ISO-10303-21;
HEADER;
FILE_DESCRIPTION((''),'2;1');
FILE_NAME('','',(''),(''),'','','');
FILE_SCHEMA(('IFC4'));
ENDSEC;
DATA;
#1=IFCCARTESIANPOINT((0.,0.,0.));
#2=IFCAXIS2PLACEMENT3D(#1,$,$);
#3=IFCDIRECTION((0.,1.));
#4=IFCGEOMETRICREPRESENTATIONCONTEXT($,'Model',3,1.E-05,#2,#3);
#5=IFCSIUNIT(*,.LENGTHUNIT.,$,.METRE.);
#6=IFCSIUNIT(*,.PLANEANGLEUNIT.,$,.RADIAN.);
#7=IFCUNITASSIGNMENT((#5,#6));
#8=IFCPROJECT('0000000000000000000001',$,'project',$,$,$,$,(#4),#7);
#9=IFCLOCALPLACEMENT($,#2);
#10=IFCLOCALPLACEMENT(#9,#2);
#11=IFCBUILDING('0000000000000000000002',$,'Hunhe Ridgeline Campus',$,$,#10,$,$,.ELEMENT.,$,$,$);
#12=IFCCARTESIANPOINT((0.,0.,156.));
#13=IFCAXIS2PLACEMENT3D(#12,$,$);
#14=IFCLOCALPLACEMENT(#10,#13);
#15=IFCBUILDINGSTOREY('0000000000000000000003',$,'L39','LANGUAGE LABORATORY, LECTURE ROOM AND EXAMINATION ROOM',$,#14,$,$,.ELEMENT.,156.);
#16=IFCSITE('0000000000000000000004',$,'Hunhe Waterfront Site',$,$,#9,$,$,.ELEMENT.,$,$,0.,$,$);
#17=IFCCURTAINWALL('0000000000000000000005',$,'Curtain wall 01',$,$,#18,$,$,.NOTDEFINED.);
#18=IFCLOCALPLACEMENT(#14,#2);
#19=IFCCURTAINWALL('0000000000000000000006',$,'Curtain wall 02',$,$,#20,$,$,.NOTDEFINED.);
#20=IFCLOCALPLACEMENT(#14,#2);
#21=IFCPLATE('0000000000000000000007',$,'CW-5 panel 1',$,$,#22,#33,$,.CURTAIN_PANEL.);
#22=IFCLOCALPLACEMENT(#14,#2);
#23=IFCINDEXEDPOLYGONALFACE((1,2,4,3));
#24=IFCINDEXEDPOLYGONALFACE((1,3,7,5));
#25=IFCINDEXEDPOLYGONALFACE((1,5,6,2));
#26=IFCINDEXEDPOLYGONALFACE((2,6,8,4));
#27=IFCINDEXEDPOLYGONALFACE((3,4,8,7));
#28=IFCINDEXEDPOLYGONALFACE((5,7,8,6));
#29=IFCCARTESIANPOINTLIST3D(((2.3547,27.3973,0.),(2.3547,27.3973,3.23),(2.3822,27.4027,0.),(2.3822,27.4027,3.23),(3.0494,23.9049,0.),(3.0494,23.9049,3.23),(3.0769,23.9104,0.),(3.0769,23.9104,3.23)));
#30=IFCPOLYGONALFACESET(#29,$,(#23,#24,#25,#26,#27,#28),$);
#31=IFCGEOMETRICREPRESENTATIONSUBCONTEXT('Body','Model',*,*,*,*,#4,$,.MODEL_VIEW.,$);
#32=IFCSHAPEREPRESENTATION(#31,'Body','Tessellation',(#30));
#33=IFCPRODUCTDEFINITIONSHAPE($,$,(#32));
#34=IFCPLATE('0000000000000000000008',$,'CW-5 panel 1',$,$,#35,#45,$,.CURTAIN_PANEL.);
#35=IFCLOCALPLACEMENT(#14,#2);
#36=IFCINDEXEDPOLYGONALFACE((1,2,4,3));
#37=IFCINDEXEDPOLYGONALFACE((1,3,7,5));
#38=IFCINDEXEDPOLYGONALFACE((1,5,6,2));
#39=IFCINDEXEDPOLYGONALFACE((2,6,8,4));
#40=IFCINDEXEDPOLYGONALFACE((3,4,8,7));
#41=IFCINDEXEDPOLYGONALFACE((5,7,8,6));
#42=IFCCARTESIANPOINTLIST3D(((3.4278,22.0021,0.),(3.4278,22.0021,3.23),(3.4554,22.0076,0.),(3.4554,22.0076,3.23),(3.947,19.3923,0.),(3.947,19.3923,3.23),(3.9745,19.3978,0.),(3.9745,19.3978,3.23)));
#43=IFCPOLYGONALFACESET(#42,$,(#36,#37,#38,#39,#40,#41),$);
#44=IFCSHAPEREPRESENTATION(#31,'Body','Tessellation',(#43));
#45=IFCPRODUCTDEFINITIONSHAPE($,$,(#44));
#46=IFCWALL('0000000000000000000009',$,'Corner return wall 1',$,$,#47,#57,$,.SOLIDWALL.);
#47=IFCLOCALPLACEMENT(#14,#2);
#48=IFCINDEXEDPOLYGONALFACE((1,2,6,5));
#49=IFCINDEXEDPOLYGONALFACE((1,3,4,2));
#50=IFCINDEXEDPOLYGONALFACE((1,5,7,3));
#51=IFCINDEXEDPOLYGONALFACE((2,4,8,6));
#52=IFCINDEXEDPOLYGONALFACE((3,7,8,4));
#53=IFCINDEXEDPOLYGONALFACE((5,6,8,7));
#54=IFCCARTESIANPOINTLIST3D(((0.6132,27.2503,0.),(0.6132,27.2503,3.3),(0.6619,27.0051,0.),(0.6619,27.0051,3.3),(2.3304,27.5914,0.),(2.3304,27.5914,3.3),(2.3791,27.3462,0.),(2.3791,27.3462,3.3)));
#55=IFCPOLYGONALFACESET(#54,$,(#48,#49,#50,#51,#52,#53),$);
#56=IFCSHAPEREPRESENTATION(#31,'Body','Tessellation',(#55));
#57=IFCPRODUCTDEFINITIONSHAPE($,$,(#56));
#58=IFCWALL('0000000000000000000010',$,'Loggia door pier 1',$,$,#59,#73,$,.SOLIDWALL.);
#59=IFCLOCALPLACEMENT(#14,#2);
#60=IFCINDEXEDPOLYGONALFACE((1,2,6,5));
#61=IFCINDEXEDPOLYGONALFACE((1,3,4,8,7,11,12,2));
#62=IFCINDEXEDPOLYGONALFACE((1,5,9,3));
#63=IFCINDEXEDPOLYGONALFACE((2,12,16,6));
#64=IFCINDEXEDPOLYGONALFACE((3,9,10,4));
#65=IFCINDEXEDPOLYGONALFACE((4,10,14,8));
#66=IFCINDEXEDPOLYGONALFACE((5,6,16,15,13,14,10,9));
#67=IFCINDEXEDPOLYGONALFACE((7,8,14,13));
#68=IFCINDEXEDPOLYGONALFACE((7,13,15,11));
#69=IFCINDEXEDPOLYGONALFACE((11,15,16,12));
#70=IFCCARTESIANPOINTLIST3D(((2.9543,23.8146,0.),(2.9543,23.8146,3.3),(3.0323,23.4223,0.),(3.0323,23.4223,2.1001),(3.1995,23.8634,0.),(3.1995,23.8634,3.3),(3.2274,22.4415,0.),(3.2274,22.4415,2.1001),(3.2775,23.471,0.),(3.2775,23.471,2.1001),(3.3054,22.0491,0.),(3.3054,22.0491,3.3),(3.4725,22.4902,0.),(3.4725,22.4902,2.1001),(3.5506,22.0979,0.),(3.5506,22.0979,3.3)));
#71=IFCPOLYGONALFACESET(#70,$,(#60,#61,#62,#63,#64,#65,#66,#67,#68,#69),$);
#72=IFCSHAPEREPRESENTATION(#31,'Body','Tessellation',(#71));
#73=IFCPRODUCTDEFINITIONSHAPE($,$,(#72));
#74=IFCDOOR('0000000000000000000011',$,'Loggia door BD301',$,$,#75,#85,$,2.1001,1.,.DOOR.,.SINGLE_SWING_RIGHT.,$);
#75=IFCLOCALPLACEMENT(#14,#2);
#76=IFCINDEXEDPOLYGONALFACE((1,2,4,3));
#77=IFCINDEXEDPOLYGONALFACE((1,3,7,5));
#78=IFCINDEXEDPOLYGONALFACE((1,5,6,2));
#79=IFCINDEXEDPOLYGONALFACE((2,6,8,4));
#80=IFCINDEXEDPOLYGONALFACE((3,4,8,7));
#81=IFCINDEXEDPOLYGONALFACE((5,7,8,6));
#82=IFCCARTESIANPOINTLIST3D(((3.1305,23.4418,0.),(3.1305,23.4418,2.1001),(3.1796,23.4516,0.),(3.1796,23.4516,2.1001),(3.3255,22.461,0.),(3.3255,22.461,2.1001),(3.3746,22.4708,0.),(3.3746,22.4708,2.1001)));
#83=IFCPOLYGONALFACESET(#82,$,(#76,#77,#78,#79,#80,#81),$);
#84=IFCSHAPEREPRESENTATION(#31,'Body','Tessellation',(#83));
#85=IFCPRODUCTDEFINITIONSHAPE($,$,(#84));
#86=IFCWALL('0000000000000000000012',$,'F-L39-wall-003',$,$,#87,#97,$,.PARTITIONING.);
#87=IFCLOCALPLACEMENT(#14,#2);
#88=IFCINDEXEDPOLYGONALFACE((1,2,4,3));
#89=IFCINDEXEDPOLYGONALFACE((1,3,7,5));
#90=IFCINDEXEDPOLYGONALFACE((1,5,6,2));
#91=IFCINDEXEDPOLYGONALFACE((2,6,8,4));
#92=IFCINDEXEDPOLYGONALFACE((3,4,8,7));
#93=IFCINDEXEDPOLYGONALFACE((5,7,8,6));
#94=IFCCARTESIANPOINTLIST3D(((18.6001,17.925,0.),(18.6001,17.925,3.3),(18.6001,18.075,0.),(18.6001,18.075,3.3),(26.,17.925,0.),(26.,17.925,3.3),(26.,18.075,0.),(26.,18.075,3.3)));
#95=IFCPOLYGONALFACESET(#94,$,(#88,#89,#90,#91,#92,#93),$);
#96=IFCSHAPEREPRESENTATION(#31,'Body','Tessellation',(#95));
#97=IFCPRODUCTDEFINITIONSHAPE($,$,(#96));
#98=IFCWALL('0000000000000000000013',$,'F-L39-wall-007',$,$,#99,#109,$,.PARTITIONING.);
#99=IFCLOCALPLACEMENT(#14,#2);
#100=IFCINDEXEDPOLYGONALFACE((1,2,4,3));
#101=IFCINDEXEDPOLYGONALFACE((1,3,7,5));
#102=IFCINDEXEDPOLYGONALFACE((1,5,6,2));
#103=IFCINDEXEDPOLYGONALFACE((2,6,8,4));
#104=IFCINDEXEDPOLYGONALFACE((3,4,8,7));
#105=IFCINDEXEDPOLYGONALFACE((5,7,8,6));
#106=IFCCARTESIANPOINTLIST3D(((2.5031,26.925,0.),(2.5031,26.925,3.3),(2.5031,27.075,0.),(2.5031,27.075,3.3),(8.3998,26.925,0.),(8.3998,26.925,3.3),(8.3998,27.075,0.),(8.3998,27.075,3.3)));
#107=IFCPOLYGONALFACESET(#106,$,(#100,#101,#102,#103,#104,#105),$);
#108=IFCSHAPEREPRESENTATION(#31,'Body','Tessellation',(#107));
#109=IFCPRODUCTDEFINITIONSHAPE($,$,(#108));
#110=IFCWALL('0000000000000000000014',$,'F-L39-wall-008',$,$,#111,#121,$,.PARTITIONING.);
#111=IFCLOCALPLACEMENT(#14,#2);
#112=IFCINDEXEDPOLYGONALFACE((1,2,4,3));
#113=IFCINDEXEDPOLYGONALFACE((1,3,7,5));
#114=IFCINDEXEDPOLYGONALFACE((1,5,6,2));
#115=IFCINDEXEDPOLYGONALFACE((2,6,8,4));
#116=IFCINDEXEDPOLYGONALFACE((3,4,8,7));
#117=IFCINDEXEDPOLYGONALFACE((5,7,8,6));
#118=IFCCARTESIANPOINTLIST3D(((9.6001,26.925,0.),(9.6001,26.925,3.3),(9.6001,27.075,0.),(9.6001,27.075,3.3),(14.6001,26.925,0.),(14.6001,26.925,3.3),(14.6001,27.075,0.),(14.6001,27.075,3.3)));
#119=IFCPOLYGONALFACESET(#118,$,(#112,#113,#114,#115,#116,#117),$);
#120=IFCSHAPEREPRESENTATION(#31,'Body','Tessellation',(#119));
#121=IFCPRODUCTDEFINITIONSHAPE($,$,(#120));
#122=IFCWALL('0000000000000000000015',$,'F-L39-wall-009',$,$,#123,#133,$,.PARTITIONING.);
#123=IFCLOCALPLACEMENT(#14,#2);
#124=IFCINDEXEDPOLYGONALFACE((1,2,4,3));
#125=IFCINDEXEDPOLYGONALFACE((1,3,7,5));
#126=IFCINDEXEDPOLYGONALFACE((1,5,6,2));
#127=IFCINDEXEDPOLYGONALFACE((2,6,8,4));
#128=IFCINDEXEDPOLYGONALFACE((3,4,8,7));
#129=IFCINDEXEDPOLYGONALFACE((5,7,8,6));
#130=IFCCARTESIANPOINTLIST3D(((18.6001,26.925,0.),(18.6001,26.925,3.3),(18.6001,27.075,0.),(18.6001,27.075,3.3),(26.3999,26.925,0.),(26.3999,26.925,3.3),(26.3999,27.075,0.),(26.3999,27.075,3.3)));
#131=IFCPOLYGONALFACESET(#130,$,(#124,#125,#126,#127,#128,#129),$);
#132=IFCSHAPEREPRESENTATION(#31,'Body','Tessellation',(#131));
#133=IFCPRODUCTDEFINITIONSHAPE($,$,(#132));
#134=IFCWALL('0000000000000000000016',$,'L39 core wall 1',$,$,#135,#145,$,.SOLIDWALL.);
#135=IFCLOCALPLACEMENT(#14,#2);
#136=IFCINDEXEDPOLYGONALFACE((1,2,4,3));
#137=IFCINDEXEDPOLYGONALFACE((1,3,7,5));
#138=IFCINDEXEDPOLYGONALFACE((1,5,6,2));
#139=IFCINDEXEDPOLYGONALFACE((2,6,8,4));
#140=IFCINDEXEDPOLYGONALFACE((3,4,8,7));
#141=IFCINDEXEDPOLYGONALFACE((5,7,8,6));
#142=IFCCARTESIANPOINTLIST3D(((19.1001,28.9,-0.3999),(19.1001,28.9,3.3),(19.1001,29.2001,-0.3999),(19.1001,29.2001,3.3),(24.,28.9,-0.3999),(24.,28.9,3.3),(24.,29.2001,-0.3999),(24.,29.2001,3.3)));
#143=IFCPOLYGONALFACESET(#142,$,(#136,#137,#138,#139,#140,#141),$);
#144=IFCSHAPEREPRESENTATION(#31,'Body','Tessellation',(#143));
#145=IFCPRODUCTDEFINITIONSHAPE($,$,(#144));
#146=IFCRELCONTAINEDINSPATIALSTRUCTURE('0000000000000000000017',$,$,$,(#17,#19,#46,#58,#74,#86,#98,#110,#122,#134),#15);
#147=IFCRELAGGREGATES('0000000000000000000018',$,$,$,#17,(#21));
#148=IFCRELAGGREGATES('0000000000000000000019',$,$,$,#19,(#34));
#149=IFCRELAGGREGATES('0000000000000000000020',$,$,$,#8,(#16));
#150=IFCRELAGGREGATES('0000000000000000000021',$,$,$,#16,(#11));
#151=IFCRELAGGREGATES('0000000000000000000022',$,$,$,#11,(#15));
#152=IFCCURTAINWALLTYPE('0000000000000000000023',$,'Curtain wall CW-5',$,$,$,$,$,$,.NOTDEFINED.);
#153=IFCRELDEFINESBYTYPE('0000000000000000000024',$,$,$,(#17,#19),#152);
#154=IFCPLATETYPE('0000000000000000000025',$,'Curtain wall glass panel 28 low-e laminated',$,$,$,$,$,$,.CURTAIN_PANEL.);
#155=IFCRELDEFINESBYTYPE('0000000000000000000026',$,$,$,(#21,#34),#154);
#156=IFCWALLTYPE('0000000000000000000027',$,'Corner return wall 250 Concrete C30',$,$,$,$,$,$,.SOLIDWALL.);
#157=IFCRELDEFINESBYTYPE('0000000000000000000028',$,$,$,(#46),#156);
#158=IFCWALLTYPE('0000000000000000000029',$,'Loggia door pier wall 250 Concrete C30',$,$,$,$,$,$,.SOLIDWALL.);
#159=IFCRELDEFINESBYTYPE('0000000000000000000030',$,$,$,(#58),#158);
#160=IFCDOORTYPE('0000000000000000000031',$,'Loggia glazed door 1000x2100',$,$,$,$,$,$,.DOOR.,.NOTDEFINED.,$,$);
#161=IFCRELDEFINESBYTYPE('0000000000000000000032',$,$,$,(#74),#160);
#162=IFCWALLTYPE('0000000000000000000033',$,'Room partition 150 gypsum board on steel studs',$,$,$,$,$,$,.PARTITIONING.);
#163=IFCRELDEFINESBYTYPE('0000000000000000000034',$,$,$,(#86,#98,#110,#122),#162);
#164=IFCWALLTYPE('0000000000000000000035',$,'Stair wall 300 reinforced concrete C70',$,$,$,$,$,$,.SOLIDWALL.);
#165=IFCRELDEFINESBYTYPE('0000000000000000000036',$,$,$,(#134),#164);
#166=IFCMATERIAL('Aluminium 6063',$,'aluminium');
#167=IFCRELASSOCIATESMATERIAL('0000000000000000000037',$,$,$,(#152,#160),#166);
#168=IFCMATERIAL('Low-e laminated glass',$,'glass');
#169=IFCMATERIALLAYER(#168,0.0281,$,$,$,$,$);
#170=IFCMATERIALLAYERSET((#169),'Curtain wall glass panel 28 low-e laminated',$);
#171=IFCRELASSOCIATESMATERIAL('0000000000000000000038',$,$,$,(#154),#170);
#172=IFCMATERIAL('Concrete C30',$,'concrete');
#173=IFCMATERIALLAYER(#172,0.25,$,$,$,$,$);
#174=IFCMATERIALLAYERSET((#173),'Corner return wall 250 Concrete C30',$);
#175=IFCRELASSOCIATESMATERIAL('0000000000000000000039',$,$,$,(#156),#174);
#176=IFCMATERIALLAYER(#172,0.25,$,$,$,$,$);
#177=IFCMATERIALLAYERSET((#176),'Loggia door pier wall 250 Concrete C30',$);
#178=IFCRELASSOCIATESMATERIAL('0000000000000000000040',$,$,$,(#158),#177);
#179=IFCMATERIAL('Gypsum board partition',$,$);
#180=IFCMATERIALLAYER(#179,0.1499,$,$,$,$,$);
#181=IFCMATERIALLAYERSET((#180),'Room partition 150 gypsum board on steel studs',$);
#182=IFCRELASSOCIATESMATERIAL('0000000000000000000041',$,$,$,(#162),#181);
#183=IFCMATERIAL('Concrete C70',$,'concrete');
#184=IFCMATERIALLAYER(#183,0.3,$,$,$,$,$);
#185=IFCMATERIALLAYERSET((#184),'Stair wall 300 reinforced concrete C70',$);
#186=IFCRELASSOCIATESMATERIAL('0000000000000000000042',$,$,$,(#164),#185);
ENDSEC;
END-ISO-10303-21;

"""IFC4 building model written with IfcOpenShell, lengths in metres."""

from ifc_helpers import new_model, si_unit, direction, frame, frame_2d, origin, origin_2d, place, context, subcontext, project, spatial, rectangle, extrude, material, layer, layer_set, type_object, element, fill, aggregate, save


model = new_model("IFC4")

# Units and contexts
model_context = context("Model", 3, precision=1e-05, world=origin(), true_north=direction((0.0, 1.0)))
body_context = subcontext(model_context, "Body", "Model", "MODEL_VIEW")
ifc_project = project(units=[si_unit("LENGTHUNIT", "METRE"), si_unit("PLANEANGLEUNIT", "RADIAN")], contexts=[model_context])

# Site, building, storey
site_placement = place(None, origin())
site = spatial("IfcSite", under=ifc_project, at=site_placement, Name="Hunhe Waterfront Site", CompositionType="ELEMENT", RefElevation=0.0)
building_placement = place(site_placement, origin())
building = spatial("IfcBuilding", under=site, at=building_placement, Name="Hunhe Ridgeline Campus", CompositionType="ELEMENT")
storey_placement = place(building_placement, frame((0.0, 0.0, 156.0)))
storey = spatial("IfcBuildingStorey", under=building, at=storey_placement, Name="L39", Description="LANGUAGE LABORATORY, LECTURE ROOM AND EXAMINATION ROOM", CompositionType="ELEMENT", Elevation=156.0)

# Shared definitions
ifc_material_1 = material(Name="Concrete C70", Category="concrete")

# Curtain walls
ifc_material_2 = material(Name="Aluminium 6063", Category="aluminium")
curtain_wall_type = type_object("IfcCurtainWallType", Name="Curtain wall CW-5", PredefinedType="NOTDEFINED", material=ifc_material_2)
curtain_wall_1_placement = place(storey_placement, origin())
curtain_wall_1 = element("IfcCurtainWall", 1, at=curtain_wall_1_placement, inside=storey, type_object=curtain_wall_type, Name="Curtain wall 01", PredefinedType="NOTDEFINED")
curtain_wall_2_placement = place(storey_placement, origin())
curtain_wall_2 = element("IfcCurtainWall", 2, at=curtain_wall_2_placement, inside=storey, type_object=curtain_wall_type, Name="Curtain wall 02", PredefinedType="NOTDEFINED")

# Plates
ifc_material_3 = material(Name="Low-e laminated glass", Category="glass")
ifc_layer_1 = layer(ifc_material_3, 0.0281)
ifc_layer_set_1 = layer_set([ifc_layer_1], Name="Curtain wall glass panel 28 low-e laminated")
plate_type = type_object("IfcPlateType", Name="Curtain wall glass panel 28 low-e laminated", PredefinedType="CURTAIN_PANEL", material=ifc_layer_set_1)
plate_1_placement = place(storey_placement, frame((2.7158, 25.6538, 0.0), z_axis=(0.0, 0.0, 1.0), x_axis=(0.195095, -0.980784, 0.0)))
plate_1 = element("IfcPlate", 3, at=plate_1_placement, type_object=plate_type, Name="CW-5 panel 1", PredefinedType="CURTAIN_PANEL", context=body_context, shape_type="SweptSolid", body=[
    extrude(rectangle(XDim=3.5608, YDim=0.0281, at=origin_2d()), origin(), (0.0, 0.0, 1.0), 3.23),
])
aggregate(curtain_wall_1, [plate_1])
plate_2_placement = place(storey_placement, frame((3.7012, 20.7, 0.0), z_axis=(0.0, 0.0, 1.0), x_axis=(0.195095, -0.980784, 0.0)))
plate_2 = element("IfcPlate", 4, at=plate_2_placement, type_object=plate_type, Name="CW-5 panel 1", PredefinedType="CURTAIN_PANEL", context=body_context, shape_type="SweptSolid", body=[
    extrude(rectangle(XDim=2.6609, YDim=0.0281, at=origin_2d()), origin(), (0.0, 0.0, 1.0), 3.23),
])
aggregate(curtain_wall_2, [plate_2])

# Wall
ifc_material_4 = material(Name="Concrete C30", Category="concrete")
ifc_layer_2 = layer(ifc_material_4, 0.25)
ifc_layer_set_2 = layer_set([ifc_layer_2], Name="Corner return wall 250 Concrete C30")
wall_type_1 = type_object("IfcWallType", Name="Corner return wall 250 Concrete C30", PredefinedType="SOLIDWALL", material=ifc_layer_set_2)
wall_1_placement = place(storey_placement, frame((0.6375, 27.1277, 0.0), z_axis=(0.0, 0.0, 1.0), x_axis=(0.980843, 0.194802, 0.0)))
element("IfcWall", 5, at=wall_1_placement, inside=storey, type_object=wall_type_1, Name="Corner return wall 1", PredefinedType="SOLIDWALL", context=body_context, shape_type="SweptSolid", body=[
    extrude(rectangle(XDim=1.7507, YDim=0.25, at=frame_2d((0.8755, 0.0))), origin(), (0.0, 0.0, 1.0), 3.3),
])

# Wall, opening, door
ifc_layer_3 = layer(ifc_material_4, 0.25)
ifc_layer_set_3 = layer_set([ifc_layer_3], Name="Loggia door pier wall 250 Concrete C30")
wall_type_2 = type_object("IfcWallType", Name="Loggia door pier wall 250 Concrete C30", PredefinedType="SOLIDWALL", material=ifc_layer_set_3)
wall_2_placement = place(storey_placement, frame((3.0769, 23.8389, 0.0), z_axis=(0.0, 0.0, 1.0), x_axis=(0.195047, -0.980794, 0.0)))
wall_2 = element("IfcWall", 6, at=wall_2_placement, inside=storey, type_object=wall_type_2, Name="Loggia door pier 1", PredefinedType="SOLIDWALL", context=body_context, shape_type="SweptSolid", body=[
    extrude(rectangle(XDim=1.8, YDim=0.25, at=frame_2d((0.8999, 0.0))), origin(), (0.0, 0.0, 1.0), 3.3),
])
opening_placement = place(wall_2_placement, frame((0.3999, 0.0, 0.0)))
opening = element("IfcOpeningElement", 7, at=opening_placement, cuts=wall_2, PredefinedType="OPENING", context=body_context, shape_type="SweptSolid", body=[
    extrude(rectangle(XDim=1.0, YDim=2.1001, at=frame_2d((0.5, 1.05))), frame((0.0, 0.125, 0.0), z_axis=(0.0, -1.0, 0.0), x_axis=(1.0, 0.0, 0.0)), (0.0, 0.0, 1.0), 0.25),
])
door_type = type_object("IfcDoorType", Name="Loggia glazed door 1000x2100", OperationType="NOTDEFINED", PredefinedType="DOOR", material=ifc_material_2)
door_placement = place(opening_placement, frame((1.0, 0.0, 0.0), z_axis=(0.0, 0.0, 1.0), x_axis=(-1.0, 0.0, 0.0)))
door = element("IfcDoor", 8, at=door_placement, inside=storey, type_object=door_type, Name="Loggia door BD301", OperationType="SINGLE_SWING_RIGHT", OverallHeight=2.1001, OverallWidth=1.0, PredefinedType="DOOR", context=body_context, shape_type="SweptSolid", body=[
    extrude(rectangle(XDim=1.0, YDim=2.1001, at=frame_2d((0.5, 1.05))), frame((0.0, 0.0249, 0.0), z_axis=(0.0, -1.0, 0.0), x_axis=(1.0, 0.0, 0.0)), (0.0, 0.0, 1.0), 0.05),
])
fill(opening, door)

# Walls
ifc_material_5 = material(Name="Gypsum board partition")
ifc_layer_4 = layer(ifc_material_5, 0.1499)
ifc_layer_set_4 = layer_set([ifc_layer_4], Name="Room partition 150 gypsum board on steel studs")
wall_type_3 = type_object("IfcWallType", Name="Room partition 150 gypsum board on steel studs", PredefinedType="PARTITIONING", material=ifc_layer_set_4)
wall_3_placement = place(storey_placement, frame((18.6001, 18.0, 0.0), z_axis=(0.0, 0.0, 1.0), x_axis=(1.0, 0.0, 0.0)))
element("IfcWall", 9, at=wall_3_placement, inside=storey, type_object=wall_type_3, Name="F-L39-wall-003", PredefinedType="PARTITIONING", context=body_context, shape_type="SweptSolid", body=[
    extrude(rectangle(XDim=7.3999, YDim=0.1499, at=frame_2d((3.7, 0.0))), origin(), (0.0, 0.0, 1.0), 3.3),
])
wall_4_placement = place(storey_placement, frame((2.5032, 27.0, 0.0), z_axis=(0.0, 0.0, 1.0), x_axis=(1.0, 0.0, 0.0)))
element("IfcWall", 10, at=wall_4_placement, inside=storey, type_object=wall_type_3, Name="F-L39-wall-007", PredefinedType="PARTITIONING", context=body_context, shape_type="SweptSolid", body=[
    extrude(rectangle(XDim=5.8967, YDim=0.1499, at=frame_2d((2.9482, 0.0))), origin(), (0.0, 0.0, 1.0), 3.3),
])
wall_5_placement = place(storey_placement, frame((9.6001, 27.0, 0.0), z_axis=(0.0, 0.0, 1.0), x_axis=(1.0, 0.0, 0.0)))
element("IfcWall", 11, at=wall_5_placement, inside=storey, type_object=wall_type_3, Name="F-L39-wall-008", PredefinedType="PARTITIONING", context=body_context, shape_type="SweptSolid", body=[
    extrude(rectangle(XDim=5.0, YDim=0.1499, at=frame_2d((2.5, 0.0))), origin(), (0.0, 0.0, 1.0), 3.3),
])
wall_6_placement = place(storey_placement, frame((18.6001, 27.0, 0.0), z_axis=(0.0, 0.0, 1.0), x_axis=(1.0, 0.0, 0.0)))
element("IfcWall", 12, at=wall_6_placement, inside=storey, type_object=wall_type_3, Name="F-L39-wall-009", PredefinedType="PARTITIONING", context=body_context, shape_type="SweptSolid", body=[
    extrude(rectangle(XDim=7.7998, YDim=0.1499, at=frame_2d((3.8999, 0.0))), origin(), (0.0, 0.0, 1.0), 3.3),
])
ifc_layer_5 = layer(ifc_material_1, 0.3)
ifc_layer_set_5 = layer_set([ifc_layer_5], Name="Stair wall 300 reinforced concrete C70")
wall_type_4 = type_object("IfcWallType", Name="Stair wall 300 reinforced concrete C70", PredefinedType="SOLIDWALL", material=ifc_layer_set_5)
wall_7_placement = place(storey_placement, frame((19.1001, 29.05, -0.3999), z_axis=(0.0, 0.0, 1.0), x_axis=(1.0, 0.0, 0.0)))
element("IfcWall", 13, at=wall_7_placement, inside=storey, type_object=wall_type_4, Name="L39 core wall 1", PredefinedType="SOLIDWALL", context=body_context, shape_type="SweptSolid", body=[
    extrude(rectangle(XDim=4.8999, YDim=0.3, at=frame_2d((2.45, 0.0))), origin(), (0.0, 0.0, 1.0), 3.7),
])

save(model, "model.ifc")
